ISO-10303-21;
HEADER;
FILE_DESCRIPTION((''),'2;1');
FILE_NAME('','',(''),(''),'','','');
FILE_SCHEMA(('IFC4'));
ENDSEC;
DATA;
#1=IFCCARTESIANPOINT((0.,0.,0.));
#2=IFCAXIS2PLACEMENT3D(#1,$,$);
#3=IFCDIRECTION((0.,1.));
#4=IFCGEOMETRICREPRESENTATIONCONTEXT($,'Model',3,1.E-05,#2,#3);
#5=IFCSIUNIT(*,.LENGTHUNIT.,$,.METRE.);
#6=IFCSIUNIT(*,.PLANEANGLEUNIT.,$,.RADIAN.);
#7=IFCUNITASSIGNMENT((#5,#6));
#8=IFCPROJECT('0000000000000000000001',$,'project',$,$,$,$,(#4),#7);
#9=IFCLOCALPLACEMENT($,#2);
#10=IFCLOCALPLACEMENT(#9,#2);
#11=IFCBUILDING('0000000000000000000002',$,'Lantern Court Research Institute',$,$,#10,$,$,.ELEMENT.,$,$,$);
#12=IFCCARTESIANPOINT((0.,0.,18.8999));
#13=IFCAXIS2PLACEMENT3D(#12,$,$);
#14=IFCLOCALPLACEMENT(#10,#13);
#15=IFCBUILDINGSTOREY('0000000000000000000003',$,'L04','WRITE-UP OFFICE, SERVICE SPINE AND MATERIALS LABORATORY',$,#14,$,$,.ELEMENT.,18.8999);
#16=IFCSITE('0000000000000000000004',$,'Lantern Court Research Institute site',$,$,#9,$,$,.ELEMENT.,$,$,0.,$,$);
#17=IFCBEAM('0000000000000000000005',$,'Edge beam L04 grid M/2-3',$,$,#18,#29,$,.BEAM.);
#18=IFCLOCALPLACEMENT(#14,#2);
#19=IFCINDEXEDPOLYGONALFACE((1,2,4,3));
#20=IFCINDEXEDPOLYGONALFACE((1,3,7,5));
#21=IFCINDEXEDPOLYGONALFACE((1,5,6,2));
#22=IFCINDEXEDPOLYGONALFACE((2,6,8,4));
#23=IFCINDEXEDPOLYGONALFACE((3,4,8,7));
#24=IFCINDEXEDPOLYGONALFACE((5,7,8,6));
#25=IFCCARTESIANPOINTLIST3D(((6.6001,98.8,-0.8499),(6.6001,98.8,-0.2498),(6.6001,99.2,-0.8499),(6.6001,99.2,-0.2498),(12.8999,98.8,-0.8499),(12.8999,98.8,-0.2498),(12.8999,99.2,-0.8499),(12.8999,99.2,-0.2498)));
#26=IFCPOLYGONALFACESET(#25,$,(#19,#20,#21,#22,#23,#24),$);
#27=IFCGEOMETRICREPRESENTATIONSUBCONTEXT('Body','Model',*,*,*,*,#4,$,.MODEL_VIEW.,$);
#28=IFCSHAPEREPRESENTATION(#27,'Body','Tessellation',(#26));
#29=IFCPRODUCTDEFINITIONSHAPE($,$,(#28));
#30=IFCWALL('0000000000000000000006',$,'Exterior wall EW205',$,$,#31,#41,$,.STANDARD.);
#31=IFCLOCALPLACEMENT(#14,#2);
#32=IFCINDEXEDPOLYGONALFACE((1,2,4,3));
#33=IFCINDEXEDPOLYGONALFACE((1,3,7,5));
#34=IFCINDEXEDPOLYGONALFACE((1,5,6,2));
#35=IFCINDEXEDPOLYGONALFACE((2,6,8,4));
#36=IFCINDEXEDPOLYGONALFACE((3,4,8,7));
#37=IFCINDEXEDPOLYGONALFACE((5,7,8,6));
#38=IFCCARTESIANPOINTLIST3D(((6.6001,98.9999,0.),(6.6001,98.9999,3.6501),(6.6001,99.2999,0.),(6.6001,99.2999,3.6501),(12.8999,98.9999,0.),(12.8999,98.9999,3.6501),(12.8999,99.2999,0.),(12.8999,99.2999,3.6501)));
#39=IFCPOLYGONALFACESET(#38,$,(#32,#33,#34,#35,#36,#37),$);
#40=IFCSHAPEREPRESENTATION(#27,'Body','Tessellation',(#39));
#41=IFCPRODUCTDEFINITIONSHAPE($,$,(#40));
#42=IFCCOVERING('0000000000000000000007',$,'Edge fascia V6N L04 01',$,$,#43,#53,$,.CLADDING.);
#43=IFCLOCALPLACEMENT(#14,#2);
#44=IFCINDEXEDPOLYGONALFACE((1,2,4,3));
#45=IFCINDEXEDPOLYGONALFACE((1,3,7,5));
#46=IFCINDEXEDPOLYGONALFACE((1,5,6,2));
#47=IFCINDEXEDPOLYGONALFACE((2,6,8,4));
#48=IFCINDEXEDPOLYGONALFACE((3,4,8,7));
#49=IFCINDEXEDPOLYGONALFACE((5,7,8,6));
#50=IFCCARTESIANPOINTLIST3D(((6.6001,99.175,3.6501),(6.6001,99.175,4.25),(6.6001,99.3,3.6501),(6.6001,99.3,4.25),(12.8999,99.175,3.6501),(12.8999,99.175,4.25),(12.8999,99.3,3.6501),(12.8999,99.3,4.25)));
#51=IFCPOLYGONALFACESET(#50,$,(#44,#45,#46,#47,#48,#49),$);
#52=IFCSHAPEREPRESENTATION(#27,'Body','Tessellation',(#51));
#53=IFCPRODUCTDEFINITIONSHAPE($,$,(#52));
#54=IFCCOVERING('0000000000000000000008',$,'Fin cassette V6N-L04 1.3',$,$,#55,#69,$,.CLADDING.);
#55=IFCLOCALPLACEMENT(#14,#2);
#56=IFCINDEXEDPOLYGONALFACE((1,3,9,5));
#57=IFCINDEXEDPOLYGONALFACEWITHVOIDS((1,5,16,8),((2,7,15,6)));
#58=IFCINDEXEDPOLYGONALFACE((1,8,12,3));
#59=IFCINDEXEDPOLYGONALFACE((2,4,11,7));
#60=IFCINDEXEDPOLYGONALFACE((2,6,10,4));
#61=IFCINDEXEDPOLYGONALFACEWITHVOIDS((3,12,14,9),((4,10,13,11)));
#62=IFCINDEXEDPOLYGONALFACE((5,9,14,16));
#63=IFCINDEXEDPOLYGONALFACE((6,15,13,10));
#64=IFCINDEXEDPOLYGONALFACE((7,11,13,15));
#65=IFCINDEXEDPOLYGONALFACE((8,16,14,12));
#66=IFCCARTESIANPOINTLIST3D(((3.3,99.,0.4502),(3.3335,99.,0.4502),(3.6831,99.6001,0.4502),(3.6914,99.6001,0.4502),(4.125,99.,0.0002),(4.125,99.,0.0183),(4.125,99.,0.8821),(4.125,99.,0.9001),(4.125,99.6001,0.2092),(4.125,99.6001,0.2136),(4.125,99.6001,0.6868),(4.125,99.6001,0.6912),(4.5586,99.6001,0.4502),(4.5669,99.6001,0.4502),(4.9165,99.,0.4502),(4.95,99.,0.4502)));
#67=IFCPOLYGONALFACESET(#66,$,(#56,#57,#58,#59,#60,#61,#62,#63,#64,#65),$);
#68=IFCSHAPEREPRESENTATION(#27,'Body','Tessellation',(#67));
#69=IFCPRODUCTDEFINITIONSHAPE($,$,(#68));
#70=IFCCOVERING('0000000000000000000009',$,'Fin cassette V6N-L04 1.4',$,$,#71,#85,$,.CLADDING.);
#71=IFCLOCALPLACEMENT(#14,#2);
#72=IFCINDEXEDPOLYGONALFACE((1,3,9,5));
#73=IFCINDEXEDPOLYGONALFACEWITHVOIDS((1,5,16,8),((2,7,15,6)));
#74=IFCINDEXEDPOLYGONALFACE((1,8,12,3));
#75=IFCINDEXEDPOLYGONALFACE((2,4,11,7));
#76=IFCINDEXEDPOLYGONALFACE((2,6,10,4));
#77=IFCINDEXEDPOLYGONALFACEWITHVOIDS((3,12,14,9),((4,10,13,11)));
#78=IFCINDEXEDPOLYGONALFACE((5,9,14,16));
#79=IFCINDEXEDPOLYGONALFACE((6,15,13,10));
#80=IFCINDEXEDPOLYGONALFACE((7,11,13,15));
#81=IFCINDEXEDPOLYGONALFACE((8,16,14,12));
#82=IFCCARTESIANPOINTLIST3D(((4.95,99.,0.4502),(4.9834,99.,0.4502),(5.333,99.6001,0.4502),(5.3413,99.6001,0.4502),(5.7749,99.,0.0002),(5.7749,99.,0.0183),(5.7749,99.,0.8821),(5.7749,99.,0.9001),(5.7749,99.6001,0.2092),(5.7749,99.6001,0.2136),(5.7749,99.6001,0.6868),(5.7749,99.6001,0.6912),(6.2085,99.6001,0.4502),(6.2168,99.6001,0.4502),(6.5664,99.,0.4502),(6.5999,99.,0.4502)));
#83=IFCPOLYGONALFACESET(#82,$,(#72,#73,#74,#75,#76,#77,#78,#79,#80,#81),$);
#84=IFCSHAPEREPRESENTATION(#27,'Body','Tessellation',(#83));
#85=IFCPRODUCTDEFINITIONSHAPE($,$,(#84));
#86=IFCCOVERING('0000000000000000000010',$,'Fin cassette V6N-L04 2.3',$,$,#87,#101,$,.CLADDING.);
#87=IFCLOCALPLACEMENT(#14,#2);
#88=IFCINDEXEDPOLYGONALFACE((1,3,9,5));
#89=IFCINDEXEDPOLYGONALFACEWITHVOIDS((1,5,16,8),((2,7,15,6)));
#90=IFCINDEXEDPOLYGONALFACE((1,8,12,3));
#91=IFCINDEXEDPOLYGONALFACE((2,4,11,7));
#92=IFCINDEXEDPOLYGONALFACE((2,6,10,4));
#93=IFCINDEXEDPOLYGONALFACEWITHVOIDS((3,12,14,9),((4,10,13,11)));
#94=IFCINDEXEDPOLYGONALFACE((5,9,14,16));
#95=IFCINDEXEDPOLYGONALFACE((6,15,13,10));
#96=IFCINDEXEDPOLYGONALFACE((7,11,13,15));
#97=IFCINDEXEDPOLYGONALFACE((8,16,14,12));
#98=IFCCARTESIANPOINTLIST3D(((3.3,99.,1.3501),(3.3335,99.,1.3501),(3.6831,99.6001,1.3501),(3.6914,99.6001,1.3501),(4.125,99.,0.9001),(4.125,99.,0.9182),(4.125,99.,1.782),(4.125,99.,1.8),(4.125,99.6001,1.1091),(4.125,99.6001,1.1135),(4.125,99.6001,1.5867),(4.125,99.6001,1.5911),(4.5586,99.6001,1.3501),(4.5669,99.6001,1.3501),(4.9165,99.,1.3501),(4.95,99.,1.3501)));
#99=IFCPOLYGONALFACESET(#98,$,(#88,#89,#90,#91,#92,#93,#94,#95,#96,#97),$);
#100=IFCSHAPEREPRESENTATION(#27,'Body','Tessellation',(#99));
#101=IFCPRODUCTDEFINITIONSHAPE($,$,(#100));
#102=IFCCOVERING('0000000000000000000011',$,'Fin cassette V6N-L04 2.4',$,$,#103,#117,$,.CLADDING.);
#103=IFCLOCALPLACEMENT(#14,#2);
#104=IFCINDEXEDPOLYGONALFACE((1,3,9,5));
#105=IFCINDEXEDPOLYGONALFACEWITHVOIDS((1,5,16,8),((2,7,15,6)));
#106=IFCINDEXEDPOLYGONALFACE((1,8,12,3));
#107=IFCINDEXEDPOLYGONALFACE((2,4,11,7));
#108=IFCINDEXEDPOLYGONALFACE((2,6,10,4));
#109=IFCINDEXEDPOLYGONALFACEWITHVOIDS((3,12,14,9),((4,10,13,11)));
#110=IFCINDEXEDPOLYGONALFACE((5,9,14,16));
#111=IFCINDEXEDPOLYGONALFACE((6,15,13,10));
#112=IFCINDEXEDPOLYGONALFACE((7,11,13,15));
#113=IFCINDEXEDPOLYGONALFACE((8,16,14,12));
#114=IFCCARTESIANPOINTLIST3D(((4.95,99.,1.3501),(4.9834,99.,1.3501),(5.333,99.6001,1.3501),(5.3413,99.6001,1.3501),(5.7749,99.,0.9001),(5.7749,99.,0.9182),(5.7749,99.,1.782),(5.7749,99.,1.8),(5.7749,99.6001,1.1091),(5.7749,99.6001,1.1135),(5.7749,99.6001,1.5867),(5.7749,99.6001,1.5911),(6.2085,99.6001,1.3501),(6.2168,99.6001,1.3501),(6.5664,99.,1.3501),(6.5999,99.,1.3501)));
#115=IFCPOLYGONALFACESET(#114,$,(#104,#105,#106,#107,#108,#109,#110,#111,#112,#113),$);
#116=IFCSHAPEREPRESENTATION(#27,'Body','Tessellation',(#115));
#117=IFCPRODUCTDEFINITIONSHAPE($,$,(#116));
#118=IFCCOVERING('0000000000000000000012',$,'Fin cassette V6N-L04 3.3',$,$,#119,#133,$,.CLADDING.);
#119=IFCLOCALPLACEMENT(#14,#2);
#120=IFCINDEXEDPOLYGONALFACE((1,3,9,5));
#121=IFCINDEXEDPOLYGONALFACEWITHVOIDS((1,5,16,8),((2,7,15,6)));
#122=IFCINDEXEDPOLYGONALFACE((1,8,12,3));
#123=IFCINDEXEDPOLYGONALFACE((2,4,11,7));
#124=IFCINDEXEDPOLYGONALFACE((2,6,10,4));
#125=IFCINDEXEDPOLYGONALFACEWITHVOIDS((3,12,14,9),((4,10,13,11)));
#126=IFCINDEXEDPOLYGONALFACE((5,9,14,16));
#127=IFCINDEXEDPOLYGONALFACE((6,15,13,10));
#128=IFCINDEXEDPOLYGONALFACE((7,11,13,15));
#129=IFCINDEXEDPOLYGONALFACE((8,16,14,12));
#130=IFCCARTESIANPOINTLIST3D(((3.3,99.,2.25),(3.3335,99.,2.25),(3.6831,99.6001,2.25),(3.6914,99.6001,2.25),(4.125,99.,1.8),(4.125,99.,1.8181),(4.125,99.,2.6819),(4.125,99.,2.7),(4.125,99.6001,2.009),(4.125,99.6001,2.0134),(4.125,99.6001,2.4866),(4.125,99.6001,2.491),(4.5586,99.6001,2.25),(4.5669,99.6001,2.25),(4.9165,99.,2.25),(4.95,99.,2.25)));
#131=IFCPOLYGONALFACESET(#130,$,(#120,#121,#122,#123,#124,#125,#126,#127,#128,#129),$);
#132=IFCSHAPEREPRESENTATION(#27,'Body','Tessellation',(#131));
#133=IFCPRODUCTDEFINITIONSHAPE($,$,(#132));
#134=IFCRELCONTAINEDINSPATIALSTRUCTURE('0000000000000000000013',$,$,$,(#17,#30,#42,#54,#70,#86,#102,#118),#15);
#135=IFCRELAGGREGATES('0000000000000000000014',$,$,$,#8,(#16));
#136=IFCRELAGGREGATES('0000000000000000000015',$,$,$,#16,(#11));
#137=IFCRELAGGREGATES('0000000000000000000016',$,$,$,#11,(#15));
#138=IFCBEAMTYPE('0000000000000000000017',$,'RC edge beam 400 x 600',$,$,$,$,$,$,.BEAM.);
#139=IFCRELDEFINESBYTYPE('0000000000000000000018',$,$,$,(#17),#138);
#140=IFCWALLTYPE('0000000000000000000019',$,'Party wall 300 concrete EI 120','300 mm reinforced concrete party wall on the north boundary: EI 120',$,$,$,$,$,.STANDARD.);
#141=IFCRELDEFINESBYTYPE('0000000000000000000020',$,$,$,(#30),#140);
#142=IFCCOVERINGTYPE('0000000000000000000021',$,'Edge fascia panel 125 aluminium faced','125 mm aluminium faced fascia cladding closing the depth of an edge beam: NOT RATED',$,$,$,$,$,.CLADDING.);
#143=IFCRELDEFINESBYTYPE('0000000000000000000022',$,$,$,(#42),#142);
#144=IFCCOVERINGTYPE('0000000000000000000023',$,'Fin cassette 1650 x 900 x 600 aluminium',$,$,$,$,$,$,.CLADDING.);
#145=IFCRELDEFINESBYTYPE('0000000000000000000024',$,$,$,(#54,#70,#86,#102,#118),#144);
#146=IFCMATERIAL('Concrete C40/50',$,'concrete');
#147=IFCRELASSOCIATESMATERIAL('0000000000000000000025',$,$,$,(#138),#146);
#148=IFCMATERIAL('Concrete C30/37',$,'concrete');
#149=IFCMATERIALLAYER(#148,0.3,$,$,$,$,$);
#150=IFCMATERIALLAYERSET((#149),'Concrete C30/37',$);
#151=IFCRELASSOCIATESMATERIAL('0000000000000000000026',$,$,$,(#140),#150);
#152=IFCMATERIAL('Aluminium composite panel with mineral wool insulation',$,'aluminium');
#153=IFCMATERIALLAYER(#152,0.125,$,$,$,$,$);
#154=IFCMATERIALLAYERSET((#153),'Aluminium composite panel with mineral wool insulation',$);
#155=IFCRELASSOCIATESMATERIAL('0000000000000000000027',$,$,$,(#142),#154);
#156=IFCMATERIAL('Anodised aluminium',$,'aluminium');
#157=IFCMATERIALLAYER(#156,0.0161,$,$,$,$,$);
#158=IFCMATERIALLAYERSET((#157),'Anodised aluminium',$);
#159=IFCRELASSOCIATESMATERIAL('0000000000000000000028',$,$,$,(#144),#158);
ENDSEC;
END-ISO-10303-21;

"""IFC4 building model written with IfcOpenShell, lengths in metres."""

from ifc_helpers import new_model, entity, si_unit, direction, frame, frame_2d, origin, origin_2d, place, context, subcontext, project, spatial, rectangle, extrude, material, layer, layer_set, material_profile, profile_set, type_object, element, save


model = new_model("IFC4")

# Units and contexts
model_context = context("Model", 3, precision=1e-05, world=origin(), true_north=direction((0.0, 1.0)))
body_context = subcontext(model_context, "Body", "Model", "MODEL_VIEW")
ifc_project = project(units=[si_unit("LENGTHUNIT", "METRE"), si_unit("PLANEANGLEUNIT", "RADIAN")], contexts=[model_context])

# Site, building, storey
site_placement = place(None, origin())
site = spatial("IfcSite", under=ifc_project, at=site_placement, Name="Lantern Court Research Institute site", CompositionType="ELEMENT", RefElevation=0.0)
building_placement = place(site_placement, origin())
building = spatial("IfcBuilding", under=site, at=building_placement, Name="Lantern Court Research Institute", CompositionType="ELEMENT")
storey_placement = place(building_placement, frame((0.0, 0.0, 18.8999)))
storey = spatial("IfcBuildingStorey", under=building, at=storey_placement, Name="L04", Description="WRITE-UP OFFICE, SERVICE SPINE AND MATERIALS LABORATORY", CompositionType="ELEMENT", Elevation=18.8999)

# Beam
ifc_material_1 = material(Name="Concrete C40/50", Category="concrete")
ifc_material_profile = material_profile(ifc_material_1, rectangle(XDim=0.3999, YDim=0.6001, at=origin_2d()), Name="RC beam 400 x 600")
ifc_profile_set = profile_set([ifc_material_profile], Name="Concrete C40/50")
beam_type = type_object("IfcBeamType", Name="RC edge beam 400 x 600", PredefinedType="BEAM", material=ifc_profile_set)
beam_placement = place(storey_placement, frame((6.6001, 99.0, -0.5498), z_axis=(1.0, 0.0, 0.0), x_axis=(0.0, 1.0, 0.0)))
element("IfcBeam", 1, at=beam_placement, inside=storey, type_object=beam_type, Name="Edge beam L04 grid M/2-3", PredefinedType="BEAM", context=body_context, shape_type="SweptSolid", body=[
    extrude(rectangle(XDim=0.3999, YDim=0.6001, at=origin_2d()), origin(), (0.0, 0.0, 1.0), 6.2998),
])

# Wall
ifc_material_2 = material(Name="Concrete C30/37", Category="concrete")
ifc_layer_1 = layer(ifc_material_2, 0.3)
ifc_layer_set_1 = layer_set([ifc_layer_1], Name="Concrete C30/37")
wall_type = type_object("IfcWallType", Name="Party wall 300 concrete EI 120", Description="300 mm reinforced concrete party wall on the north boundary: EI 120", PredefinedType="STANDARD", material=ifc_layer_set_1)
wall_placement = place(storey_placement, frame((6.6001, 99.1499, 0.0), z_axis=(0.0, 0.0, 1.0), x_axis=(1.0, 0.0, 0.0)))
element("IfcWall", 2, at=wall_placement, inside=storey, type_object=wall_type, Name="Exterior wall EW205", PredefinedType="STANDARD", context=body_context, shape_type="SweptSolid", body=[
    extrude(rectangle(XDim=6.2998, YDim=0.3, at=frame_2d((3.1499, 0.0))), origin(), (0.0, 0.0, 1.0), 3.6501),
])

# Coverings
ifc_material_3 = material(Name="Aluminium composite panel with mineral wool insulation", Category="aluminium")
ifc_layer_2 = layer(ifc_material_3, 0.125)
ifc_layer_set_2 = layer_set([ifc_layer_2], Name="Aluminium composite panel with mineral wool insulation")
covering_type_1 = type_object("IfcCoveringType", Name="Edge fascia panel 125 aluminium faced", Description="125 mm aluminium faced fascia cladding closing the depth of an edge beam: NOT RATED", PredefinedType="CLADDING", material=ifc_layer_set_2)
covering_1_placement = place(storey_placement, frame((6.6001, 99.2375, 3.6501), z_axis=(0.0, 0.0, 1.0), x_axis=(1.0, 0.0, 0.0)))
element("IfcCovering", 3, at=covering_1_placement, inside=storey, type_object=covering_type_1, Name="Edge fascia V6N L04 01", PredefinedType="CLADDING", context=body_context, shape_type="SweptSolid", body=[
    extrude(rectangle(XDim=6.2998, YDim=0.125, at=frame_2d((3.1499, 0.0))), origin(), (0.0, 0.0, 1.0), 0.5999),
])
ifc_material_4 = material(Name="Anodised aluminium", Category="aluminium")
ifc_layer_3 = layer(ifc_material_4, 0.0161)
ifc_layer_set_3 = layer_set([ifc_layer_3], Name="Anodised aluminium")
covering_type_2 = type_object("IfcCoveringType", Name="Fin cassette 1650 x 900 x 600 aluminium", PredefinedType="CLADDING", material=ifc_layer_set_3)
covering_2_placement = place(storey_placement, frame((4.125, 99.0, 0.4502), z_axis=(0.0, 1.0, 0.0), x_axis=(-1.0, 0.0, 0.0)))
cartesian_point_1 = entity("IfcCartesianPoint", [0.825, 0.0])
cartesian_point_2 = entity("IfcCartesianPoint", [0.7915, 0.0])
cartesian_point_3 = entity("IfcCartesianPoint", [0.4419, 0.0])
cartesian_point_4 = entity("IfcCartesianPoint", [0.4336, 0.0])
element("IfcCovering", 4, at=covering_2_placement, inside=storey, type_object=covering_type_2, Name="Fin cassette V6N-L04 1.3", PredefinedType="CLADDING", context=body_context, shape_type="SweptSolid", body=[
    entity("IfcExtrudedAreaSolidTapered", entity("IfcArbitraryProfileDefWithVoids", "AREA", None, entity("IfcPolyline", [cartesian_point_1, entity("IfcCartesianPoint", [0.0, 0.45]), entity("IfcCartesianPoint", [-0.825, 0.0]), entity("IfcCartesianPoint", [0.0, -0.45]), cartesian_point_1]), [entity("IfcPolyline", [cartesian_point_2, entity("IfcCartesianPoint", [0.0, 0.4319]), entity("IfcCartesianPoint", [-0.7915, 0.0]), entity("IfcCartesianPoint", [0.0, -0.4319]), cartesian_point_2])]), entity("IfcAxis2Placement3D", entity("IfcCartesianPoint", [0.0, 0.0, 0.0])), entity("IfcDirection", [0.0, 0.0, 1.0]), 0.6001, entity("IfcArbitraryProfileDefWithVoids", "AREA", None, entity("IfcPolyline", [cartesian_point_3, entity("IfcCartesianPoint", [0.0, 0.241]), entity("IfcCartesianPoint", [-0.4419, 0.0]), entity("IfcCartesianPoint", [0.0, -0.241]), cartesian_point_3]), [entity("IfcPolyline", [cartesian_point_4, entity("IfcCartesianPoint", [0.0, 0.2366]), entity("IfcCartesianPoint", [-0.4336, 0.0]), entity("IfcCartesianPoint", [0.0, -0.2366]), cartesian_point_4])])),
])
covering_3_placement = place(storey_placement, frame((5.7749, 99.0, 0.4502), z_axis=(0.0, 1.0, 0.0), x_axis=(-1.0, 0.0, 0.0)))
cartesian_point_5 = entity("IfcCartesianPoint", [0.825, 0.0])
cartesian_point_6 = entity("IfcCartesianPoint", [0.7915, 0.0])
cartesian_point_7 = entity("IfcCartesianPoint", [0.4419, 0.0])
cartesian_point_8 = entity("IfcCartesianPoint", [0.4336, 0.0])
element("IfcCovering", 5, at=covering_3_placement, inside=storey, type_object=covering_type_2, Name="Fin cassette V6N-L04 1.4", PredefinedType="CLADDING", context=body_context, shape_type="SweptSolid", body=[
    entity("IfcExtrudedAreaSolidTapered", entity("IfcArbitraryProfileDefWithVoids", "AREA", None, entity("IfcPolyline", [cartesian_point_5, entity("IfcCartesianPoint", [0.0, 0.45]), entity("IfcCartesianPoint", [-0.825, 0.0]), entity("IfcCartesianPoint", [0.0, -0.45]), cartesian_point_5]), [entity("IfcPolyline", [cartesian_point_6, entity("IfcCartesianPoint", [0.0, 0.4319]), entity("IfcCartesianPoint", [-0.7915, 0.0]), entity("IfcCartesianPoint", [0.0, -0.4319]), cartesian_point_6])]), entity("IfcAxis2Placement3D", entity("IfcCartesianPoint", [0.0, 0.0, 0.0])), entity("IfcDirection", [0.0, 0.0, 1.0]), 0.6001, entity("IfcArbitraryProfileDefWithVoids", "AREA", None, entity("IfcPolyline", [cartesian_point_7, entity("IfcCartesianPoint", [0.0, 0.241]), entity("IfcCartesianPoint", [-0.4419, 0.0]), entity("IfcCartesianPoint", [0.0, -0.241]), cartesian_point_7]), [entity("IfcPolyline", [cartesian_point_8, entity("IfcCartesianPoint", [0.0, 0.2366]), entity("IfcCartesianPoint", [-0.4336, 0.0]), entity("IfcCartesianPoint", [0.0, -0.2366]), cartesian_point_8])])),
])
covering_4_placement = place(storey_placement, frame((4.125, 99.0, 1.3501), z_axis=(0.0, 1.0, 0.0), x_axis=(-1.0, 0.0, 0.0)))
cartesian_point_9 = entity("IfcCartesianPoint", [0.825, 0.0])
cartesian_point_10 = entity("IfcCartesianPoint", [0.7915, 0.0])
cartesian_point_11 = entity("IfcCartesianPoint", [0.4419, 0.0])
cartesian_point_12 = entity("IfcCartesianPoint", [0.4336, 0.0])
element("IfcCovering", 6, at=covering_4_placement, inside=storey, type_object=covering_type_2, Name="Fin cassette V6N-L04 2.3", PredefinedType="CLADDING", context=body_context, shape_type="SweptSolid", body=[
    entity("IfcExtrudedAreaSolidTapered", entity("IfcArbitraryProfileDefWithVoids", "AREA", None, entity("IfcPolyline", [cartesian_point_9, entity("IfcCartesianPoint", [0.0, 0.45]), entity("IfcCartesianPoint", [-0.825, 0.0]), entity("IfcCartesianPoint", [0.0, -0.45]), cartesian_point_9]), [entity("IfcPolyline", [cartesian_point_10, entity("IfcCartesianPoint", [0.0, 0.4319]), entity("IfcCartesianPoint", [-0.7915, 0.0]), entity("IfcCartesianPoint", [0.0, -0.4319]), cartesian_point_10])]), entity("IfcAxis2Placement3D", entity("IfcCartesianPoint", [0.0, 0.0, 0.0])), entity("IfcDirection", [0.0, 0.0, 1.0]), 0.6001, entity("IfcArbitraryProfileDefWithVoids", "AREA", None, entity("IfcPolyline", [cartesian_point_11, entity("IfcCartesianPoint", [0.0, 0.241]), entity("IfcCartesianPoint", [-0.4419, 0.0]), entity("IfcCartesianPoint", [0.0, -0.241]), cartesian_point_11]), [entity("IfcPolyline", [cartesian_point_12, entity("IfcCartesianPoint", [0.0, 0.2366]), entity("IfcCartesianPoint", [-0.4336, 0.0]), entity("IfcCartesianPoint", [0.0, -0.2366]), cartesian_point_12])])),
])
covering_5_placement = place(storey_placement, frame((5.7749, 99.0, 1.3501), z_axis=(0.0, 1.0, 0.0), x_axis=(-1.0, 0.0, 0.0)))
cartesian_point_13 = entity("IfcCartesianPoint", [0.825, 0.0])
cartesian_point_14 = entity("IfcCartesianPoint", [0.7915, 0.0])
cartesian_point_15 = entity("IfcCartesianPoint", [0.4419, 0.0])
cartesian_point_16 = entity("IfcCartesianPoint", [0.4336, 0.0])
element("IfcCovering", 7, at=covering_5_placement, inside=storey, type_object=covering_type_2, Name="Fin cassette V6N-L04 2.4", PredefinedType="CLADDING", context=body_context, shape_type="SweptSolid", body=[
    entity("IfcExtrudedAreaSolidTapered", entity("IfcArbitraryProfileDefWithVoids", "AREA", None, entity("IfcPolyline", [cartesian_point_13, entity("IfcCartesianPoint", [0.0, 0.45]), entity("IfcCartesianPoint", [-0.825, 0.0]), entity("IfcCartesianPoint", [0.0, -0.45]), cartesian_point_13]), [entity("IfcPolyline", [cartesian_point_14, entity("IfcCartesianPoint", [0.0, 0.4319]), entity("IfcCartesianPoint", [-0.7915, 0.0]), entity("IfcCartesianPoint", [0.0, -0.4319]), cartesian_point_14])]), entity("IfcAxis2Placement3D", entity("IfcCartesianPoint", [0.0, 0.0, 0.0])), entity("IfcDirection", [0.0, 0.0, 1.0]), 0.6001, entity("IfcArbitraryProfileDefWithVoids", "AREA", None, entity("IfcPolyline", [cartesian_point_15, entity("IfcCartesianPoint", [0.0, 0.241]), entity("IfcCartesianPoint", [-0.4419, 0.0]), entity("IfcCartesianPoint", [0.0, -0.241]), cartesian_point_15]), [entity("IfcPolyline", [cartesian_point_16, entity("IfcCartesianPoint", [0.0, 0.2366]), entity("IfcCartesianPoint", [-0.4336, 0.0]), entity("IfcCartesianPoint", [0.0, -0.2366]), cartesian_point_16])])),
])
covering_6_placement = place(storey_placement, frame((4.125, 99.0, 2.25), z_axis=(0.0, 1.0, 0.0), x_axis=(-1.0, 0.0, 0.0)))
cartesian_point_17 = entity("IfcCartesianPoint", [0.825, 0.0])
cartesian_point_18 = entity("IfcCartesianPoint", [0.7915, 0.0])
cartesian_point_19 = entity("IfcCartesianPoint", [0.4419, 0.0])
cartesian_point_20 = entity("IfcCartesianPoint", [0.4336, 0.0])
element("IfcCovering", 8, at=covering_6_placement, inside=storey, type_object=covering_type_2, Name="Fin cassette V6N-L04 3.3", PredefinedType="CLADDING", context=body_context, shape_type="SweptSolid", body=[
    entity("IfcExtrudedAreaSolidTapered", entity("IfcArbitraryProfileDefWithVoids", "AREA", None, entity("IfcPolyline", [cartesian_point_17, entity("IfcCartesianPoint", [0.0, 0.45]), entity("IfcCartesianPoint", [-0.825, 0.0]), entity("IfcCartesianPoint", [0.0, -0.45]), cartesian_point_17]), [entity("IfcPolyline", [cartesian_point_18, entity("IfcCartesianPoint", [0.0, 0.4319]), entity("IfcCartesianPoint", [-0.7915, 0.0]), entity("IfcCartesianPoint", [0.0, -0.4319]), cartesian_point_18])]), entity("IfcAxis2Placement3D", entity("IfcCartesianPoint", [0.0, 0.0, 0.0])), entity("IfcDirection", [0.0, 0.0, 1.0]), 0.6001, entity("IfcArbitraryProfileDefWithVoids", "AREA", None, entity("IfcPolyline", [cartesian_point_19, entity("IfcCartesianPoint", [0.0, 0.241]), entity("IfcCartesianPoint", [-0.4419, 0.0]), entity("IfcCartesianPoint", [0.0, -0.241]), cartesian_point_19]), [entity("IfcPolyline", [cartesian_point_20, entity("IfcCartesianPoint", [0.0, 0.2366]), entity("IfcCartesianPoint", [-0.4336, 0.0]), entity("IfcCartesianPoint", [0.0, -0.2366]), cartesian_point_20])])),
])

save(model, "model.ifc")
